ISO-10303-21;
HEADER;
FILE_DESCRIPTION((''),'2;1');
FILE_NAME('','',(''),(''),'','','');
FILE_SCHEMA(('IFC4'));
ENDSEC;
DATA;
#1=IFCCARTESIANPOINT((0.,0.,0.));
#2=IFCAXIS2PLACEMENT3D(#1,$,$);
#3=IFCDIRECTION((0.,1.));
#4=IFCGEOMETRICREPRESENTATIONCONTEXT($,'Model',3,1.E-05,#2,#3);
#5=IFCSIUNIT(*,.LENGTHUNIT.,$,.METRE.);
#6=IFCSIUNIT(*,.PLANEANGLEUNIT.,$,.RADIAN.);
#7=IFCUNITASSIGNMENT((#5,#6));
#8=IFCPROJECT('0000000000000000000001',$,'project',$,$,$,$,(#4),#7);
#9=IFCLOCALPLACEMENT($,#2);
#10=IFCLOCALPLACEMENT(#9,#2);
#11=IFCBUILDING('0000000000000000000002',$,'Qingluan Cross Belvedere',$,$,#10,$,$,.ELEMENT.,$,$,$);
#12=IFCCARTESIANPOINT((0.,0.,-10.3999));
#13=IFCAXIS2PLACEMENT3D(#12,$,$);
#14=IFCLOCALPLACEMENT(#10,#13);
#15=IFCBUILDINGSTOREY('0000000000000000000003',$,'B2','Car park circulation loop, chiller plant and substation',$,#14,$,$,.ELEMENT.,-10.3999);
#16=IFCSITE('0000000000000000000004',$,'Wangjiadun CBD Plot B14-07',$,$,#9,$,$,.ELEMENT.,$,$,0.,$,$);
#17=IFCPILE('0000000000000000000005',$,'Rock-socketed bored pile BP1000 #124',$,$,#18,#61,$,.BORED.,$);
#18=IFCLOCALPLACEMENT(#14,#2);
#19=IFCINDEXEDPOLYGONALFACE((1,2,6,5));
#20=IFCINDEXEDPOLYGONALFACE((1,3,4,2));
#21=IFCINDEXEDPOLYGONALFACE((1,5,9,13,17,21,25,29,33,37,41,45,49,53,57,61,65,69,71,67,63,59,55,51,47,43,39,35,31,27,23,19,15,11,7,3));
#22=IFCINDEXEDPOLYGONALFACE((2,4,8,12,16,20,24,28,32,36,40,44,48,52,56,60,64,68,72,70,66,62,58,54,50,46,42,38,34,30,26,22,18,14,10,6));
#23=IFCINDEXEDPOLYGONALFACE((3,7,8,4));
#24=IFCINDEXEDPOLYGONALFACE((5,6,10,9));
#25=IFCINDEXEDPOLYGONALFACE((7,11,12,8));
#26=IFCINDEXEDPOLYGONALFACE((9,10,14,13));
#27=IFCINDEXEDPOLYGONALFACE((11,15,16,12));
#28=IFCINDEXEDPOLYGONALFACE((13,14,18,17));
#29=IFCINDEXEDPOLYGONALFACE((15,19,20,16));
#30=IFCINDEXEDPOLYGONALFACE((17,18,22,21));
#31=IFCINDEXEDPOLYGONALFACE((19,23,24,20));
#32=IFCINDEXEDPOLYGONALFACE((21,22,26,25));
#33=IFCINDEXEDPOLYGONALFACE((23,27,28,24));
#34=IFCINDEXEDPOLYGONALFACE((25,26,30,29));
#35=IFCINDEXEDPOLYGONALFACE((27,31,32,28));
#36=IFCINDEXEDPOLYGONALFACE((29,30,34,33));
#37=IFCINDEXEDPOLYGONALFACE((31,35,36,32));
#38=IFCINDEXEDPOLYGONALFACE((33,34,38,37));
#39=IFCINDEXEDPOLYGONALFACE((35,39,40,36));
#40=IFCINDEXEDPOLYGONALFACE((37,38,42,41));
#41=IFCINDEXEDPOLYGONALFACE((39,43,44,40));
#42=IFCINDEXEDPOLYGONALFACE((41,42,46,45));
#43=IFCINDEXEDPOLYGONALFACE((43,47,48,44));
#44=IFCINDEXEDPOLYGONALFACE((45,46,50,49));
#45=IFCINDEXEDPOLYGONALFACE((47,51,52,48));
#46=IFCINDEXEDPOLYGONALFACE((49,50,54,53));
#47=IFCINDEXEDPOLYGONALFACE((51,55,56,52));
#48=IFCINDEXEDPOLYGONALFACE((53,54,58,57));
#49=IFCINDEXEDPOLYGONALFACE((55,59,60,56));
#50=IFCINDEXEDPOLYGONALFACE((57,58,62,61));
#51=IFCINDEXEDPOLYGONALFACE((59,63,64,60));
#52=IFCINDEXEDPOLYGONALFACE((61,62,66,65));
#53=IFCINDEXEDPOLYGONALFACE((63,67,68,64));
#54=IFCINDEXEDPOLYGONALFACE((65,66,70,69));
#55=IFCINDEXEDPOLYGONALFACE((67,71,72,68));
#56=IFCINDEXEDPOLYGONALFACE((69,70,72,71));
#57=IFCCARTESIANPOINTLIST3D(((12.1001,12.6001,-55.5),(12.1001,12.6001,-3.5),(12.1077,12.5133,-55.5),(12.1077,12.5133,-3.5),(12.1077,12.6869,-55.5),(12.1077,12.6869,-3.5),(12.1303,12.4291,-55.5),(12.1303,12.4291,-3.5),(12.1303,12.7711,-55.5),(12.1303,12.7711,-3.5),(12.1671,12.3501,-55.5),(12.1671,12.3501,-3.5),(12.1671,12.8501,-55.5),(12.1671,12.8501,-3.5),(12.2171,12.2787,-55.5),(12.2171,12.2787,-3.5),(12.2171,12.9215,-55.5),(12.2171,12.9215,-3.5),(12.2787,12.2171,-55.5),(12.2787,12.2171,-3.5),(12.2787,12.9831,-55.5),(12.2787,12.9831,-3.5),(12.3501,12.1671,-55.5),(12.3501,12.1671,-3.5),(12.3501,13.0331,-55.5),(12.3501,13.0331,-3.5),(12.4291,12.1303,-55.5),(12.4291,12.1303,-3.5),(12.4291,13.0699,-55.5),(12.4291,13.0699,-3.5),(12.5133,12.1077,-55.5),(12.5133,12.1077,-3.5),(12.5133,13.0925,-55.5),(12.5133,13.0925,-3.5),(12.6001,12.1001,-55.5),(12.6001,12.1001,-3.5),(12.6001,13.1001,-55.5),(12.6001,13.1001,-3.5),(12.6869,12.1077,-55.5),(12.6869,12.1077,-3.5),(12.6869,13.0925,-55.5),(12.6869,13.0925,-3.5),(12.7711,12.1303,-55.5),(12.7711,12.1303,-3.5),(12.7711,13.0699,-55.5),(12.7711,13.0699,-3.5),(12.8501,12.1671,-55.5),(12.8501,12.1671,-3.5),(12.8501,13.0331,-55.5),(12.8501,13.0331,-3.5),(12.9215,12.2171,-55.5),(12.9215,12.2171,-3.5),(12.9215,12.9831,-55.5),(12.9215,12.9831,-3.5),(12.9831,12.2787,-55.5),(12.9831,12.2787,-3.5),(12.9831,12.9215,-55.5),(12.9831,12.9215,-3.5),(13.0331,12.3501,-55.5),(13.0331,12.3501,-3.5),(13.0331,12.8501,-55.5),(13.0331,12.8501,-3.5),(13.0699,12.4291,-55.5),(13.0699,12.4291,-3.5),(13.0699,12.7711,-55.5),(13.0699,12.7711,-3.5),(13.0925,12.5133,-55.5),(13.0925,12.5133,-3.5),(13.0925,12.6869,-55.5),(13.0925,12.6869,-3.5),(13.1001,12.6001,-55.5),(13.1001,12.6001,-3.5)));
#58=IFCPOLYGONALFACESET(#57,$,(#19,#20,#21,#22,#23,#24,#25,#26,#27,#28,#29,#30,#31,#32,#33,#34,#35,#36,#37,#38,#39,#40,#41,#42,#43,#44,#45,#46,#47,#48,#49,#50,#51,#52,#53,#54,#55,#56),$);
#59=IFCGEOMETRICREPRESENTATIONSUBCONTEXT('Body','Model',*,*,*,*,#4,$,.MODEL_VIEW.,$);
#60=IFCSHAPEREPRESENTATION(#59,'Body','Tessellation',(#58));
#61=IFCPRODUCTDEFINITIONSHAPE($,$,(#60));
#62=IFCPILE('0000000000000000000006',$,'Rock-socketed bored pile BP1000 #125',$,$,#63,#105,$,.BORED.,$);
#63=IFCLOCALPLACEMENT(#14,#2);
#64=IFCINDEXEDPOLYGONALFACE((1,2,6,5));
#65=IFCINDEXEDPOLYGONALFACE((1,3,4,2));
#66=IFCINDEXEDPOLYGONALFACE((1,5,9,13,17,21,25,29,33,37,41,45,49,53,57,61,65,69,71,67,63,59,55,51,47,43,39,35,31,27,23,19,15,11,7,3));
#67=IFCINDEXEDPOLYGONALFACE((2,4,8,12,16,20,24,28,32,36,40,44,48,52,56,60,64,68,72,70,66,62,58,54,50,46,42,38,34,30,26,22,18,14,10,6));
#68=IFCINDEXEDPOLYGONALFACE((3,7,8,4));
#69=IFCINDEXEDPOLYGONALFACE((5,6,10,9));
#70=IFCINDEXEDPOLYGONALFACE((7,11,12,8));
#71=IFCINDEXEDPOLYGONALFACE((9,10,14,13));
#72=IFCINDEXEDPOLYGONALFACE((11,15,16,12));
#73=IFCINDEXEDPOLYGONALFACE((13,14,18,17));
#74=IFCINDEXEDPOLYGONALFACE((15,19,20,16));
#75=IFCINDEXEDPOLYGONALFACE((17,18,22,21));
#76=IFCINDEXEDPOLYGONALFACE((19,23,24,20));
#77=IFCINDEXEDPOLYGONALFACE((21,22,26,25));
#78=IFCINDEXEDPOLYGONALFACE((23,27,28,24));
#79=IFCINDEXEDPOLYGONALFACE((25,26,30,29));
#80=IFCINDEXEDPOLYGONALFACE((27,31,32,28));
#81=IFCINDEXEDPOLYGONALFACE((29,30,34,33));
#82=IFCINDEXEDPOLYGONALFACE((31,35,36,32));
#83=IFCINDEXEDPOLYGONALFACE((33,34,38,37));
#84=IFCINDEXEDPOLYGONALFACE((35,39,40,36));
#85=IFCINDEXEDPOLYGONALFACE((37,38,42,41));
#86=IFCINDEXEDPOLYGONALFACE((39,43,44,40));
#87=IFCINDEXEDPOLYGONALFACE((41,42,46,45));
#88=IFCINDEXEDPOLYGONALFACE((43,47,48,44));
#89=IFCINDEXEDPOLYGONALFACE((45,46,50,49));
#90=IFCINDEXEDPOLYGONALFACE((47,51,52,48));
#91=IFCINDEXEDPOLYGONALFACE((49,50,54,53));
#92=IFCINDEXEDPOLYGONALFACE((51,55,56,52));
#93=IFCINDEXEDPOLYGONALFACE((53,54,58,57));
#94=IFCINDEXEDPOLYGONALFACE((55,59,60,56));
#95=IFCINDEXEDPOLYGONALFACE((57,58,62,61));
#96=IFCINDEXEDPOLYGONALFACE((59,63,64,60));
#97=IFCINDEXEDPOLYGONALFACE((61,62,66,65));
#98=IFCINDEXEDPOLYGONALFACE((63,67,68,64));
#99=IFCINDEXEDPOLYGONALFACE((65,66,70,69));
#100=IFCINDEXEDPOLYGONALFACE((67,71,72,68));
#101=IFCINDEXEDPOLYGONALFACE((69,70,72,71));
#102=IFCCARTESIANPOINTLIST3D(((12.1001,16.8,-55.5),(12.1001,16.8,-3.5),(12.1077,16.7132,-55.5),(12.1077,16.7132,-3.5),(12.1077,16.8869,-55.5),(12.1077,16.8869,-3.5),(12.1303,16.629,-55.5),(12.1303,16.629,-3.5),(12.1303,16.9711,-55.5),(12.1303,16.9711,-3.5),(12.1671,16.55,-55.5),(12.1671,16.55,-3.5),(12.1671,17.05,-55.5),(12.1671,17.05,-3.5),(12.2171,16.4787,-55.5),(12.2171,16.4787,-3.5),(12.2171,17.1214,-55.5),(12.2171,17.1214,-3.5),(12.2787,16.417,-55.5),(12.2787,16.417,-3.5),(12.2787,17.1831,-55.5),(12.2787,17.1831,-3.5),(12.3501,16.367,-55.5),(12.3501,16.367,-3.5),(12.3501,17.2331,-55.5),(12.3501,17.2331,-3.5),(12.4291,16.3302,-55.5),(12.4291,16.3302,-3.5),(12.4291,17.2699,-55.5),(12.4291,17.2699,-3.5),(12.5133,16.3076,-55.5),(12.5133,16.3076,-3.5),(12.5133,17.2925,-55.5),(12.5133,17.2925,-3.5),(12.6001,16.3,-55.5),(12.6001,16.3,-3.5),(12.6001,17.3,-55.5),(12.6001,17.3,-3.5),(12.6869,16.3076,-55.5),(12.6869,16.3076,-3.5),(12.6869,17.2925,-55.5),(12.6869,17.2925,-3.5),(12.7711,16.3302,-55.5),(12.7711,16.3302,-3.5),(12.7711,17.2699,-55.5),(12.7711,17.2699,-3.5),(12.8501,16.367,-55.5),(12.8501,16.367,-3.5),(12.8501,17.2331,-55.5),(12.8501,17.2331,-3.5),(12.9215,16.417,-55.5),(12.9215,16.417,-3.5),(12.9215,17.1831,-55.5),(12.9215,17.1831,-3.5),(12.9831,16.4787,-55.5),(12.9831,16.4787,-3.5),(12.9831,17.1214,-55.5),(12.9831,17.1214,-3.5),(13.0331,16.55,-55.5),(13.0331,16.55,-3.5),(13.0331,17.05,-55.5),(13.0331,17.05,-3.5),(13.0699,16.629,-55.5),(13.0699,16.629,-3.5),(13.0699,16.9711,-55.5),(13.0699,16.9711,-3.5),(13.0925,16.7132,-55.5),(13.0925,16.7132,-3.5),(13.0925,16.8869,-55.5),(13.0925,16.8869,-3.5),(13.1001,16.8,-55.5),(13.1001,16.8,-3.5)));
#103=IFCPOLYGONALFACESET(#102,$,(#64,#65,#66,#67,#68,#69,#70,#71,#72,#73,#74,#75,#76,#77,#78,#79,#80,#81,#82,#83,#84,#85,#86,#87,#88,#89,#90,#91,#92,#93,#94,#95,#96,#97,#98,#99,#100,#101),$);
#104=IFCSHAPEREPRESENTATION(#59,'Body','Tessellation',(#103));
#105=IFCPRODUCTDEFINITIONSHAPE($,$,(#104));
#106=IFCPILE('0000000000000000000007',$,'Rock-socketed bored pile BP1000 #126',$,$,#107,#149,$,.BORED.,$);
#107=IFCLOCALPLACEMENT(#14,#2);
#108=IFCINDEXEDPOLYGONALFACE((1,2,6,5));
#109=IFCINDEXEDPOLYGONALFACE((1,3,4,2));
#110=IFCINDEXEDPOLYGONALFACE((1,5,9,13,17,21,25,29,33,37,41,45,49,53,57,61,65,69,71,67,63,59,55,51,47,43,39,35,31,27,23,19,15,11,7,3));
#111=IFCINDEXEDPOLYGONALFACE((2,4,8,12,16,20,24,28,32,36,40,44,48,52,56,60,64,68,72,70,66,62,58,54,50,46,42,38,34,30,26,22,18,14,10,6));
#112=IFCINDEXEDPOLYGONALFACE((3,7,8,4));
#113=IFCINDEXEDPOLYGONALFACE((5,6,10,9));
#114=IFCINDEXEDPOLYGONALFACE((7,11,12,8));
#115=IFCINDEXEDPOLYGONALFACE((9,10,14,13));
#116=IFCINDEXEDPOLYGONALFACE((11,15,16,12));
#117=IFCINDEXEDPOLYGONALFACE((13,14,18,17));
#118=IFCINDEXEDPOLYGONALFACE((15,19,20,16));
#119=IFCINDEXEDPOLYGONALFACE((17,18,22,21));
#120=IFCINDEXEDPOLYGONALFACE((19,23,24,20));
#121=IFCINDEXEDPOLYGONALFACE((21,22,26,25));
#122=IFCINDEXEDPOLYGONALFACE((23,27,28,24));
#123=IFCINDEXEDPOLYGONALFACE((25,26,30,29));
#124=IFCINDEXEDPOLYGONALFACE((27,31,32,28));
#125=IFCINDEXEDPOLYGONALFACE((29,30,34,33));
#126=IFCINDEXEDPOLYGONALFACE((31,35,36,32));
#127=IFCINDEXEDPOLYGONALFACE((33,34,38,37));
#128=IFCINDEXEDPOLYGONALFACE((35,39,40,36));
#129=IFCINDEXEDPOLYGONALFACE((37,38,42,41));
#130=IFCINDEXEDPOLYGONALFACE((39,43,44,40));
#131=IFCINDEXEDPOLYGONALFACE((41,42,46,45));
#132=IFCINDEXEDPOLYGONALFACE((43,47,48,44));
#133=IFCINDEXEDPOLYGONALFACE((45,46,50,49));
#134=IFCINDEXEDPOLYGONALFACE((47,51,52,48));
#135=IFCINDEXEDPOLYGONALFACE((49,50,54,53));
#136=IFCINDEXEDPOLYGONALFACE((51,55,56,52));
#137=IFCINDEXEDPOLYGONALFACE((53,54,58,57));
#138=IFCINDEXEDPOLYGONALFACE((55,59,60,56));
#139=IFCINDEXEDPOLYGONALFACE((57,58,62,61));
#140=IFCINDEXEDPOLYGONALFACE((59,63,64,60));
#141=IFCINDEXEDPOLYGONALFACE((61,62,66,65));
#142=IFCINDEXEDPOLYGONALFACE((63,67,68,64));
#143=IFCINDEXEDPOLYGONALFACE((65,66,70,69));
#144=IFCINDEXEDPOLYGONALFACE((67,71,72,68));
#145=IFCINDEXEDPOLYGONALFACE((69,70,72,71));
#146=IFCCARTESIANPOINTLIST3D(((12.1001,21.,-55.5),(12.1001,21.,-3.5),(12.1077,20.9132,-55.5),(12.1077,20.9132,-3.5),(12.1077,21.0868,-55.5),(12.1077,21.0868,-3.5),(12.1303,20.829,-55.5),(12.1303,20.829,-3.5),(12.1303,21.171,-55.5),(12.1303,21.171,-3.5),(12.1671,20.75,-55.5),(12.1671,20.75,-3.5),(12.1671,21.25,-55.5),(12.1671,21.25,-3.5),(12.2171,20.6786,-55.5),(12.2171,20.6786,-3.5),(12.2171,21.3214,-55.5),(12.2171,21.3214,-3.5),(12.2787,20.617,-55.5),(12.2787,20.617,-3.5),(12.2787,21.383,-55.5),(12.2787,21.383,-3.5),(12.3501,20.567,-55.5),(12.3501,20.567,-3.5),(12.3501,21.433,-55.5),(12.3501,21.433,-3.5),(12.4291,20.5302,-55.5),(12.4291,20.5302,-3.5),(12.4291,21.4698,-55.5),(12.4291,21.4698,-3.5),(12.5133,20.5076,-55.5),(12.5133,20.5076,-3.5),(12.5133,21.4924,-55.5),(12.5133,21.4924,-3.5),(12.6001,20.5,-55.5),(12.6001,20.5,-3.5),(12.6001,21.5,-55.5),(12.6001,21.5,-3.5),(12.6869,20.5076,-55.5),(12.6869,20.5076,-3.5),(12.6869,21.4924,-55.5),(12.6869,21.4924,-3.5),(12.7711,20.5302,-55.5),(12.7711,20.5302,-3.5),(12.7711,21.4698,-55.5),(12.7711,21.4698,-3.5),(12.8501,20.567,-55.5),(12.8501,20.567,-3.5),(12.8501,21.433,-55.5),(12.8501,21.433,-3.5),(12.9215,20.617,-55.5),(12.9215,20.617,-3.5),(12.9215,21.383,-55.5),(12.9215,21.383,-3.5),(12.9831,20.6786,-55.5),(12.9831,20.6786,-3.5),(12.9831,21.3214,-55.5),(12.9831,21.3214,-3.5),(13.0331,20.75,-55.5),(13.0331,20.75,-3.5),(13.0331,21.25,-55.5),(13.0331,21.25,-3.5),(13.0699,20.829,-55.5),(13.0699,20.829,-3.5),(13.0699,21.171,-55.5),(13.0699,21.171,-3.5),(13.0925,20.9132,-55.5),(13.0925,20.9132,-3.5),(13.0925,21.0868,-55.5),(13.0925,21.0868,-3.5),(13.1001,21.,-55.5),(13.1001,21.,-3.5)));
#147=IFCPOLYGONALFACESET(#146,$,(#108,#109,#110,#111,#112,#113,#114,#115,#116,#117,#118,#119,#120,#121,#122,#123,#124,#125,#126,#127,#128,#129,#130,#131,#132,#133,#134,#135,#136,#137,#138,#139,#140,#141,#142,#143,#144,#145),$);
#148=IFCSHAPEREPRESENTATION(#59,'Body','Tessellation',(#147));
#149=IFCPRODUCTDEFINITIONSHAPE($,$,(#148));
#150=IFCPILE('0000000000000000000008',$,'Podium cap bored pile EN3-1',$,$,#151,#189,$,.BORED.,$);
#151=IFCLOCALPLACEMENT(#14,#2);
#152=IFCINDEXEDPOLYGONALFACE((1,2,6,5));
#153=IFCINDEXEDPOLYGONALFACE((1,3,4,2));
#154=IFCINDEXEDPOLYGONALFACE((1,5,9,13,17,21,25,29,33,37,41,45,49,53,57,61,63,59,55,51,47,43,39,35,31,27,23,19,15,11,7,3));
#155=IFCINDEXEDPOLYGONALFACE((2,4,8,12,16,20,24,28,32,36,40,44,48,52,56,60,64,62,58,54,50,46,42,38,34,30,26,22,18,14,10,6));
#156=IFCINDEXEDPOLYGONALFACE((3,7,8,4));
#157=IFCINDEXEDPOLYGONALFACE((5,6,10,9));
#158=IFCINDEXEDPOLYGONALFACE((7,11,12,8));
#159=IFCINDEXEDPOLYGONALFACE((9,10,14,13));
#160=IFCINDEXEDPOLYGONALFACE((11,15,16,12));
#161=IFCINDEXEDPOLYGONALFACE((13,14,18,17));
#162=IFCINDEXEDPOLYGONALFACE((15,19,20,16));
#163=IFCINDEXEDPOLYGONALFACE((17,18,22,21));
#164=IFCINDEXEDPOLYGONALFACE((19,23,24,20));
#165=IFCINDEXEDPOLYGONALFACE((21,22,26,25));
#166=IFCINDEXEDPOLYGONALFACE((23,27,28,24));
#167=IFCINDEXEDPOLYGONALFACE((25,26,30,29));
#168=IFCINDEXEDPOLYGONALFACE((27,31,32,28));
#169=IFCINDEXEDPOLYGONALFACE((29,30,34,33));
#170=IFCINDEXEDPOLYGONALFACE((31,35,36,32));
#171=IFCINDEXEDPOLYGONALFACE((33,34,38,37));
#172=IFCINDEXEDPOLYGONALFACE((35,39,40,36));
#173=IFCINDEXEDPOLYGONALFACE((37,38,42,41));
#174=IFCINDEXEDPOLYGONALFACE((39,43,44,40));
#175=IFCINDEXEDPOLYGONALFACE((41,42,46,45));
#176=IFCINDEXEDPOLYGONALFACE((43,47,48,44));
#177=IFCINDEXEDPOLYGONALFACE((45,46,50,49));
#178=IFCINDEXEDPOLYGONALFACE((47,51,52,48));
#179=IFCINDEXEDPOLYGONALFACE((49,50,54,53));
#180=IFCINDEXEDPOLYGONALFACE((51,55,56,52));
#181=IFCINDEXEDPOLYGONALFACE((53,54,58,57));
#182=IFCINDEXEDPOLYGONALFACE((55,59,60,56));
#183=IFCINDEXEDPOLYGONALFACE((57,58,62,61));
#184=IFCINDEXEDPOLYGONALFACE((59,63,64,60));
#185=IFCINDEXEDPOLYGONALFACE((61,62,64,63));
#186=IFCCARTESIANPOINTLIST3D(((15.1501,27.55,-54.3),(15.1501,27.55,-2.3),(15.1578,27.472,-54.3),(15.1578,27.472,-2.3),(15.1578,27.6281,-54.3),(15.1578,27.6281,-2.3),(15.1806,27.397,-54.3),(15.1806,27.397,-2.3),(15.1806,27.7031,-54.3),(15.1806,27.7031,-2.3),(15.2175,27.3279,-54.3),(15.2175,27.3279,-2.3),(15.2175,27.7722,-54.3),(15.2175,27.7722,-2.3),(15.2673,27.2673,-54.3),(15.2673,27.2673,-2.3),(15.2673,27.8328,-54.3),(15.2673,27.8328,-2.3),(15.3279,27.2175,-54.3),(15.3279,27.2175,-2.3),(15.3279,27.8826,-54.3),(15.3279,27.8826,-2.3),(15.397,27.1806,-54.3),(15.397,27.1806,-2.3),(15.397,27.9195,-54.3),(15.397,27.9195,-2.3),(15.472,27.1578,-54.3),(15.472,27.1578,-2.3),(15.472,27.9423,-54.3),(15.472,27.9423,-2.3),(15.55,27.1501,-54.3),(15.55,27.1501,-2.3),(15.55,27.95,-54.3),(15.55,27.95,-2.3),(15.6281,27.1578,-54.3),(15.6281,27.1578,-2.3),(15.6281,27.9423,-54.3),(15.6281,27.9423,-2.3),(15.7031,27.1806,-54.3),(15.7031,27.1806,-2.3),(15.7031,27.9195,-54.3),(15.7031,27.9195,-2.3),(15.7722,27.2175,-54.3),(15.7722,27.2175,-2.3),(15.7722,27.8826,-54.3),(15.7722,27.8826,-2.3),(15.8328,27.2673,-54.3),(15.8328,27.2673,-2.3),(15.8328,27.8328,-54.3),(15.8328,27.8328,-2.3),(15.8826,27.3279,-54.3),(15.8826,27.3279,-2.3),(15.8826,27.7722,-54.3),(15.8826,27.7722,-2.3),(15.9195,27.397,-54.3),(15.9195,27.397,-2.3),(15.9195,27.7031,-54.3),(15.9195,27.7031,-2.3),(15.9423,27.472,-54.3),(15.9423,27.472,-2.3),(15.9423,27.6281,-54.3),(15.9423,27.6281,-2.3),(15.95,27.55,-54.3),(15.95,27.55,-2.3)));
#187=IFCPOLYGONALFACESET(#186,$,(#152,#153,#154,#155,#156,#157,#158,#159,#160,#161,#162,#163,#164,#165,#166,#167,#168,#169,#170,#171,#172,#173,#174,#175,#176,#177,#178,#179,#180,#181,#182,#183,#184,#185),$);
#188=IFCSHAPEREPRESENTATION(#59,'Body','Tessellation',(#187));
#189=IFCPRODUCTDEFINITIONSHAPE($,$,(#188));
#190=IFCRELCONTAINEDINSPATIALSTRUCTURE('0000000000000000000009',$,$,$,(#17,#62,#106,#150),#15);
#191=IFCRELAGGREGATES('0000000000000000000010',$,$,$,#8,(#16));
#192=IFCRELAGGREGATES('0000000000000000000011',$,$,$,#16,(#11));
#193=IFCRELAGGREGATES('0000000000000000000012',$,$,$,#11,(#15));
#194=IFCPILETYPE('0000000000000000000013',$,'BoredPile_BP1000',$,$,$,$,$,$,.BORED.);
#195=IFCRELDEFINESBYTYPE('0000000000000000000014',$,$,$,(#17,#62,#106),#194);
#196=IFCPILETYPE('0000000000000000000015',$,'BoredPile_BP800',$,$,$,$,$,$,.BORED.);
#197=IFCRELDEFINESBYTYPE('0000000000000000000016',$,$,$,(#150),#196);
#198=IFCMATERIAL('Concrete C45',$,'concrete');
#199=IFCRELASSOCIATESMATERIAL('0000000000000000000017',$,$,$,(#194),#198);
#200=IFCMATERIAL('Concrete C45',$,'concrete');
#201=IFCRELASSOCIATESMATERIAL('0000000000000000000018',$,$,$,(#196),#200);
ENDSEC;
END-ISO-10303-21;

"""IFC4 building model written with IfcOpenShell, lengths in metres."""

from ifc_helpers import new_model, si_unit, direction, frame, origin, origin_2d, place, context, subcontext, project, spatial, circle, extrude, material, material_profile, profile_set, type_object, element, save


model = new_model("IFC4")

# Units and contexts
model_context = context("Model", 3, precision=1e-05, world=origin(), true_north=direction((0.0, 1.0)))
body_context = subcontext(model_context, "Body", "Model", "MODEL_VIEW")
ifc_project = project(units=[si_unit("LENGTHUNIT", "METRE"), si_unit("PLANEANGLEUNIT", "RADIAN")], contexts=[model_context])

# Site, building, storey
site_placement = place(None, origin())
site = spatial("IfcSite", under=ifc_project, at=site_placement, Name="Wangjiadun CBD Plot B14-07", CompositionType="ELEMENT", RefElevation=0.0)
building_placement = place(site_placement, origin())
building = spatial("IfcBuilding", under=site, at=building_placement, Name="Qingluan Cross Belvedere", CompositionType="ELEMENT")
storey_placement = place(building_placement, frame((0.0, 0.0, -10.3999)))
storey = spatial("IfcBuildingStorey", under=building, at=storey_placement, Name="B2", Description="Car park circulation loop, chiller plant and substation", CompositionType="ELEMENT", Elevation=-10.3999)

# Piles
ifc_material_1 = material(Name="Concrete C45", Category="concrete")
ifc_material_profile_1 = material_profile(ifc_material_1, circle(Radius=0.5, at=origin_2d()), Name="BP1000")
ifc_profile_set_1 = profile_set([ifc_material_profile_1], Name="Concrete C45")
pile_type_1 = type_object("IfcPileType", Name="BoredPile_BP1000", PredefinedType="BORED", material=ifc_profile_set_1)
for number, where, z_axis, x_axis, name in (
    (1, (12.6001, 12.6001, -3.5), (0.0, 0.0, -1.0), (1.0, 0.0, 0.0), "Rock-socketed bored pile BP1000 #124"),
    (2, (12.6001, 16.8, -3.5), (0.0, 0.0, -1.0), (1.0, 0.0, 0.0), "Rock-socketed bored pile BP1000 #125"),
    (3, (12.6001, 21.0, -3.5), (0.0, 0.0, -1.0), (1.0, 0.0, 0.0), "Rock-socketed bored pile BP1000 #126"),
):
    element("IfcPile", number, at=place(storey_placement, frame(where, z_axis=z_axis, x_axis=x_axis)), inside=storey, type_object=pile_type_1, Name=name, PredefinedType="BORED", context=body_context, shape_type="SweptSolid", body=[
        extrude(circle(Radius=0.5, at=origin_2d()), origin(), (0.0, 0.0, 1.0), 52.0),
    ])
ifc_material_2 = material(Name="Concrete C45", Category="concrete")
ifc_material_profile_2 = material_profile(ifc_material_2, circle(Radius=0.3999, at=origin_2d()), Name="BP800")
ifc_profile_set_2 = profile_set([ifc_material_profile_2], Name="Concrete C45")
pile_type_2 = type_object("IfcPileType", Name="BoredPile_BP800", PredefinedType="BORED", material=ifc_profile_set_2)
for number, where, z_axis, x_axis, name in (
    (4, (15.55, 27.55, -2.3), (0.0, 0.0, -1.0), (1.0, 0.0, 0.0), "Podium cap bored pile EN3-1"),
):
    element("IfcPile", number, at=place(storey_placement, frame(where, z_axis=z_axis, x_axis=x_axis)), inside=storey, type_object=pile_type_2, Name=name, PredefinedType="BORED", context=body_context, shape_type="SweptSolid", body=[
        extrude(circle(Radius=0.3999, at=origin_2d()), origin(), (0.0, 0.0, 1.0), 52.0),
    ])

save(model, "model.ifc")
